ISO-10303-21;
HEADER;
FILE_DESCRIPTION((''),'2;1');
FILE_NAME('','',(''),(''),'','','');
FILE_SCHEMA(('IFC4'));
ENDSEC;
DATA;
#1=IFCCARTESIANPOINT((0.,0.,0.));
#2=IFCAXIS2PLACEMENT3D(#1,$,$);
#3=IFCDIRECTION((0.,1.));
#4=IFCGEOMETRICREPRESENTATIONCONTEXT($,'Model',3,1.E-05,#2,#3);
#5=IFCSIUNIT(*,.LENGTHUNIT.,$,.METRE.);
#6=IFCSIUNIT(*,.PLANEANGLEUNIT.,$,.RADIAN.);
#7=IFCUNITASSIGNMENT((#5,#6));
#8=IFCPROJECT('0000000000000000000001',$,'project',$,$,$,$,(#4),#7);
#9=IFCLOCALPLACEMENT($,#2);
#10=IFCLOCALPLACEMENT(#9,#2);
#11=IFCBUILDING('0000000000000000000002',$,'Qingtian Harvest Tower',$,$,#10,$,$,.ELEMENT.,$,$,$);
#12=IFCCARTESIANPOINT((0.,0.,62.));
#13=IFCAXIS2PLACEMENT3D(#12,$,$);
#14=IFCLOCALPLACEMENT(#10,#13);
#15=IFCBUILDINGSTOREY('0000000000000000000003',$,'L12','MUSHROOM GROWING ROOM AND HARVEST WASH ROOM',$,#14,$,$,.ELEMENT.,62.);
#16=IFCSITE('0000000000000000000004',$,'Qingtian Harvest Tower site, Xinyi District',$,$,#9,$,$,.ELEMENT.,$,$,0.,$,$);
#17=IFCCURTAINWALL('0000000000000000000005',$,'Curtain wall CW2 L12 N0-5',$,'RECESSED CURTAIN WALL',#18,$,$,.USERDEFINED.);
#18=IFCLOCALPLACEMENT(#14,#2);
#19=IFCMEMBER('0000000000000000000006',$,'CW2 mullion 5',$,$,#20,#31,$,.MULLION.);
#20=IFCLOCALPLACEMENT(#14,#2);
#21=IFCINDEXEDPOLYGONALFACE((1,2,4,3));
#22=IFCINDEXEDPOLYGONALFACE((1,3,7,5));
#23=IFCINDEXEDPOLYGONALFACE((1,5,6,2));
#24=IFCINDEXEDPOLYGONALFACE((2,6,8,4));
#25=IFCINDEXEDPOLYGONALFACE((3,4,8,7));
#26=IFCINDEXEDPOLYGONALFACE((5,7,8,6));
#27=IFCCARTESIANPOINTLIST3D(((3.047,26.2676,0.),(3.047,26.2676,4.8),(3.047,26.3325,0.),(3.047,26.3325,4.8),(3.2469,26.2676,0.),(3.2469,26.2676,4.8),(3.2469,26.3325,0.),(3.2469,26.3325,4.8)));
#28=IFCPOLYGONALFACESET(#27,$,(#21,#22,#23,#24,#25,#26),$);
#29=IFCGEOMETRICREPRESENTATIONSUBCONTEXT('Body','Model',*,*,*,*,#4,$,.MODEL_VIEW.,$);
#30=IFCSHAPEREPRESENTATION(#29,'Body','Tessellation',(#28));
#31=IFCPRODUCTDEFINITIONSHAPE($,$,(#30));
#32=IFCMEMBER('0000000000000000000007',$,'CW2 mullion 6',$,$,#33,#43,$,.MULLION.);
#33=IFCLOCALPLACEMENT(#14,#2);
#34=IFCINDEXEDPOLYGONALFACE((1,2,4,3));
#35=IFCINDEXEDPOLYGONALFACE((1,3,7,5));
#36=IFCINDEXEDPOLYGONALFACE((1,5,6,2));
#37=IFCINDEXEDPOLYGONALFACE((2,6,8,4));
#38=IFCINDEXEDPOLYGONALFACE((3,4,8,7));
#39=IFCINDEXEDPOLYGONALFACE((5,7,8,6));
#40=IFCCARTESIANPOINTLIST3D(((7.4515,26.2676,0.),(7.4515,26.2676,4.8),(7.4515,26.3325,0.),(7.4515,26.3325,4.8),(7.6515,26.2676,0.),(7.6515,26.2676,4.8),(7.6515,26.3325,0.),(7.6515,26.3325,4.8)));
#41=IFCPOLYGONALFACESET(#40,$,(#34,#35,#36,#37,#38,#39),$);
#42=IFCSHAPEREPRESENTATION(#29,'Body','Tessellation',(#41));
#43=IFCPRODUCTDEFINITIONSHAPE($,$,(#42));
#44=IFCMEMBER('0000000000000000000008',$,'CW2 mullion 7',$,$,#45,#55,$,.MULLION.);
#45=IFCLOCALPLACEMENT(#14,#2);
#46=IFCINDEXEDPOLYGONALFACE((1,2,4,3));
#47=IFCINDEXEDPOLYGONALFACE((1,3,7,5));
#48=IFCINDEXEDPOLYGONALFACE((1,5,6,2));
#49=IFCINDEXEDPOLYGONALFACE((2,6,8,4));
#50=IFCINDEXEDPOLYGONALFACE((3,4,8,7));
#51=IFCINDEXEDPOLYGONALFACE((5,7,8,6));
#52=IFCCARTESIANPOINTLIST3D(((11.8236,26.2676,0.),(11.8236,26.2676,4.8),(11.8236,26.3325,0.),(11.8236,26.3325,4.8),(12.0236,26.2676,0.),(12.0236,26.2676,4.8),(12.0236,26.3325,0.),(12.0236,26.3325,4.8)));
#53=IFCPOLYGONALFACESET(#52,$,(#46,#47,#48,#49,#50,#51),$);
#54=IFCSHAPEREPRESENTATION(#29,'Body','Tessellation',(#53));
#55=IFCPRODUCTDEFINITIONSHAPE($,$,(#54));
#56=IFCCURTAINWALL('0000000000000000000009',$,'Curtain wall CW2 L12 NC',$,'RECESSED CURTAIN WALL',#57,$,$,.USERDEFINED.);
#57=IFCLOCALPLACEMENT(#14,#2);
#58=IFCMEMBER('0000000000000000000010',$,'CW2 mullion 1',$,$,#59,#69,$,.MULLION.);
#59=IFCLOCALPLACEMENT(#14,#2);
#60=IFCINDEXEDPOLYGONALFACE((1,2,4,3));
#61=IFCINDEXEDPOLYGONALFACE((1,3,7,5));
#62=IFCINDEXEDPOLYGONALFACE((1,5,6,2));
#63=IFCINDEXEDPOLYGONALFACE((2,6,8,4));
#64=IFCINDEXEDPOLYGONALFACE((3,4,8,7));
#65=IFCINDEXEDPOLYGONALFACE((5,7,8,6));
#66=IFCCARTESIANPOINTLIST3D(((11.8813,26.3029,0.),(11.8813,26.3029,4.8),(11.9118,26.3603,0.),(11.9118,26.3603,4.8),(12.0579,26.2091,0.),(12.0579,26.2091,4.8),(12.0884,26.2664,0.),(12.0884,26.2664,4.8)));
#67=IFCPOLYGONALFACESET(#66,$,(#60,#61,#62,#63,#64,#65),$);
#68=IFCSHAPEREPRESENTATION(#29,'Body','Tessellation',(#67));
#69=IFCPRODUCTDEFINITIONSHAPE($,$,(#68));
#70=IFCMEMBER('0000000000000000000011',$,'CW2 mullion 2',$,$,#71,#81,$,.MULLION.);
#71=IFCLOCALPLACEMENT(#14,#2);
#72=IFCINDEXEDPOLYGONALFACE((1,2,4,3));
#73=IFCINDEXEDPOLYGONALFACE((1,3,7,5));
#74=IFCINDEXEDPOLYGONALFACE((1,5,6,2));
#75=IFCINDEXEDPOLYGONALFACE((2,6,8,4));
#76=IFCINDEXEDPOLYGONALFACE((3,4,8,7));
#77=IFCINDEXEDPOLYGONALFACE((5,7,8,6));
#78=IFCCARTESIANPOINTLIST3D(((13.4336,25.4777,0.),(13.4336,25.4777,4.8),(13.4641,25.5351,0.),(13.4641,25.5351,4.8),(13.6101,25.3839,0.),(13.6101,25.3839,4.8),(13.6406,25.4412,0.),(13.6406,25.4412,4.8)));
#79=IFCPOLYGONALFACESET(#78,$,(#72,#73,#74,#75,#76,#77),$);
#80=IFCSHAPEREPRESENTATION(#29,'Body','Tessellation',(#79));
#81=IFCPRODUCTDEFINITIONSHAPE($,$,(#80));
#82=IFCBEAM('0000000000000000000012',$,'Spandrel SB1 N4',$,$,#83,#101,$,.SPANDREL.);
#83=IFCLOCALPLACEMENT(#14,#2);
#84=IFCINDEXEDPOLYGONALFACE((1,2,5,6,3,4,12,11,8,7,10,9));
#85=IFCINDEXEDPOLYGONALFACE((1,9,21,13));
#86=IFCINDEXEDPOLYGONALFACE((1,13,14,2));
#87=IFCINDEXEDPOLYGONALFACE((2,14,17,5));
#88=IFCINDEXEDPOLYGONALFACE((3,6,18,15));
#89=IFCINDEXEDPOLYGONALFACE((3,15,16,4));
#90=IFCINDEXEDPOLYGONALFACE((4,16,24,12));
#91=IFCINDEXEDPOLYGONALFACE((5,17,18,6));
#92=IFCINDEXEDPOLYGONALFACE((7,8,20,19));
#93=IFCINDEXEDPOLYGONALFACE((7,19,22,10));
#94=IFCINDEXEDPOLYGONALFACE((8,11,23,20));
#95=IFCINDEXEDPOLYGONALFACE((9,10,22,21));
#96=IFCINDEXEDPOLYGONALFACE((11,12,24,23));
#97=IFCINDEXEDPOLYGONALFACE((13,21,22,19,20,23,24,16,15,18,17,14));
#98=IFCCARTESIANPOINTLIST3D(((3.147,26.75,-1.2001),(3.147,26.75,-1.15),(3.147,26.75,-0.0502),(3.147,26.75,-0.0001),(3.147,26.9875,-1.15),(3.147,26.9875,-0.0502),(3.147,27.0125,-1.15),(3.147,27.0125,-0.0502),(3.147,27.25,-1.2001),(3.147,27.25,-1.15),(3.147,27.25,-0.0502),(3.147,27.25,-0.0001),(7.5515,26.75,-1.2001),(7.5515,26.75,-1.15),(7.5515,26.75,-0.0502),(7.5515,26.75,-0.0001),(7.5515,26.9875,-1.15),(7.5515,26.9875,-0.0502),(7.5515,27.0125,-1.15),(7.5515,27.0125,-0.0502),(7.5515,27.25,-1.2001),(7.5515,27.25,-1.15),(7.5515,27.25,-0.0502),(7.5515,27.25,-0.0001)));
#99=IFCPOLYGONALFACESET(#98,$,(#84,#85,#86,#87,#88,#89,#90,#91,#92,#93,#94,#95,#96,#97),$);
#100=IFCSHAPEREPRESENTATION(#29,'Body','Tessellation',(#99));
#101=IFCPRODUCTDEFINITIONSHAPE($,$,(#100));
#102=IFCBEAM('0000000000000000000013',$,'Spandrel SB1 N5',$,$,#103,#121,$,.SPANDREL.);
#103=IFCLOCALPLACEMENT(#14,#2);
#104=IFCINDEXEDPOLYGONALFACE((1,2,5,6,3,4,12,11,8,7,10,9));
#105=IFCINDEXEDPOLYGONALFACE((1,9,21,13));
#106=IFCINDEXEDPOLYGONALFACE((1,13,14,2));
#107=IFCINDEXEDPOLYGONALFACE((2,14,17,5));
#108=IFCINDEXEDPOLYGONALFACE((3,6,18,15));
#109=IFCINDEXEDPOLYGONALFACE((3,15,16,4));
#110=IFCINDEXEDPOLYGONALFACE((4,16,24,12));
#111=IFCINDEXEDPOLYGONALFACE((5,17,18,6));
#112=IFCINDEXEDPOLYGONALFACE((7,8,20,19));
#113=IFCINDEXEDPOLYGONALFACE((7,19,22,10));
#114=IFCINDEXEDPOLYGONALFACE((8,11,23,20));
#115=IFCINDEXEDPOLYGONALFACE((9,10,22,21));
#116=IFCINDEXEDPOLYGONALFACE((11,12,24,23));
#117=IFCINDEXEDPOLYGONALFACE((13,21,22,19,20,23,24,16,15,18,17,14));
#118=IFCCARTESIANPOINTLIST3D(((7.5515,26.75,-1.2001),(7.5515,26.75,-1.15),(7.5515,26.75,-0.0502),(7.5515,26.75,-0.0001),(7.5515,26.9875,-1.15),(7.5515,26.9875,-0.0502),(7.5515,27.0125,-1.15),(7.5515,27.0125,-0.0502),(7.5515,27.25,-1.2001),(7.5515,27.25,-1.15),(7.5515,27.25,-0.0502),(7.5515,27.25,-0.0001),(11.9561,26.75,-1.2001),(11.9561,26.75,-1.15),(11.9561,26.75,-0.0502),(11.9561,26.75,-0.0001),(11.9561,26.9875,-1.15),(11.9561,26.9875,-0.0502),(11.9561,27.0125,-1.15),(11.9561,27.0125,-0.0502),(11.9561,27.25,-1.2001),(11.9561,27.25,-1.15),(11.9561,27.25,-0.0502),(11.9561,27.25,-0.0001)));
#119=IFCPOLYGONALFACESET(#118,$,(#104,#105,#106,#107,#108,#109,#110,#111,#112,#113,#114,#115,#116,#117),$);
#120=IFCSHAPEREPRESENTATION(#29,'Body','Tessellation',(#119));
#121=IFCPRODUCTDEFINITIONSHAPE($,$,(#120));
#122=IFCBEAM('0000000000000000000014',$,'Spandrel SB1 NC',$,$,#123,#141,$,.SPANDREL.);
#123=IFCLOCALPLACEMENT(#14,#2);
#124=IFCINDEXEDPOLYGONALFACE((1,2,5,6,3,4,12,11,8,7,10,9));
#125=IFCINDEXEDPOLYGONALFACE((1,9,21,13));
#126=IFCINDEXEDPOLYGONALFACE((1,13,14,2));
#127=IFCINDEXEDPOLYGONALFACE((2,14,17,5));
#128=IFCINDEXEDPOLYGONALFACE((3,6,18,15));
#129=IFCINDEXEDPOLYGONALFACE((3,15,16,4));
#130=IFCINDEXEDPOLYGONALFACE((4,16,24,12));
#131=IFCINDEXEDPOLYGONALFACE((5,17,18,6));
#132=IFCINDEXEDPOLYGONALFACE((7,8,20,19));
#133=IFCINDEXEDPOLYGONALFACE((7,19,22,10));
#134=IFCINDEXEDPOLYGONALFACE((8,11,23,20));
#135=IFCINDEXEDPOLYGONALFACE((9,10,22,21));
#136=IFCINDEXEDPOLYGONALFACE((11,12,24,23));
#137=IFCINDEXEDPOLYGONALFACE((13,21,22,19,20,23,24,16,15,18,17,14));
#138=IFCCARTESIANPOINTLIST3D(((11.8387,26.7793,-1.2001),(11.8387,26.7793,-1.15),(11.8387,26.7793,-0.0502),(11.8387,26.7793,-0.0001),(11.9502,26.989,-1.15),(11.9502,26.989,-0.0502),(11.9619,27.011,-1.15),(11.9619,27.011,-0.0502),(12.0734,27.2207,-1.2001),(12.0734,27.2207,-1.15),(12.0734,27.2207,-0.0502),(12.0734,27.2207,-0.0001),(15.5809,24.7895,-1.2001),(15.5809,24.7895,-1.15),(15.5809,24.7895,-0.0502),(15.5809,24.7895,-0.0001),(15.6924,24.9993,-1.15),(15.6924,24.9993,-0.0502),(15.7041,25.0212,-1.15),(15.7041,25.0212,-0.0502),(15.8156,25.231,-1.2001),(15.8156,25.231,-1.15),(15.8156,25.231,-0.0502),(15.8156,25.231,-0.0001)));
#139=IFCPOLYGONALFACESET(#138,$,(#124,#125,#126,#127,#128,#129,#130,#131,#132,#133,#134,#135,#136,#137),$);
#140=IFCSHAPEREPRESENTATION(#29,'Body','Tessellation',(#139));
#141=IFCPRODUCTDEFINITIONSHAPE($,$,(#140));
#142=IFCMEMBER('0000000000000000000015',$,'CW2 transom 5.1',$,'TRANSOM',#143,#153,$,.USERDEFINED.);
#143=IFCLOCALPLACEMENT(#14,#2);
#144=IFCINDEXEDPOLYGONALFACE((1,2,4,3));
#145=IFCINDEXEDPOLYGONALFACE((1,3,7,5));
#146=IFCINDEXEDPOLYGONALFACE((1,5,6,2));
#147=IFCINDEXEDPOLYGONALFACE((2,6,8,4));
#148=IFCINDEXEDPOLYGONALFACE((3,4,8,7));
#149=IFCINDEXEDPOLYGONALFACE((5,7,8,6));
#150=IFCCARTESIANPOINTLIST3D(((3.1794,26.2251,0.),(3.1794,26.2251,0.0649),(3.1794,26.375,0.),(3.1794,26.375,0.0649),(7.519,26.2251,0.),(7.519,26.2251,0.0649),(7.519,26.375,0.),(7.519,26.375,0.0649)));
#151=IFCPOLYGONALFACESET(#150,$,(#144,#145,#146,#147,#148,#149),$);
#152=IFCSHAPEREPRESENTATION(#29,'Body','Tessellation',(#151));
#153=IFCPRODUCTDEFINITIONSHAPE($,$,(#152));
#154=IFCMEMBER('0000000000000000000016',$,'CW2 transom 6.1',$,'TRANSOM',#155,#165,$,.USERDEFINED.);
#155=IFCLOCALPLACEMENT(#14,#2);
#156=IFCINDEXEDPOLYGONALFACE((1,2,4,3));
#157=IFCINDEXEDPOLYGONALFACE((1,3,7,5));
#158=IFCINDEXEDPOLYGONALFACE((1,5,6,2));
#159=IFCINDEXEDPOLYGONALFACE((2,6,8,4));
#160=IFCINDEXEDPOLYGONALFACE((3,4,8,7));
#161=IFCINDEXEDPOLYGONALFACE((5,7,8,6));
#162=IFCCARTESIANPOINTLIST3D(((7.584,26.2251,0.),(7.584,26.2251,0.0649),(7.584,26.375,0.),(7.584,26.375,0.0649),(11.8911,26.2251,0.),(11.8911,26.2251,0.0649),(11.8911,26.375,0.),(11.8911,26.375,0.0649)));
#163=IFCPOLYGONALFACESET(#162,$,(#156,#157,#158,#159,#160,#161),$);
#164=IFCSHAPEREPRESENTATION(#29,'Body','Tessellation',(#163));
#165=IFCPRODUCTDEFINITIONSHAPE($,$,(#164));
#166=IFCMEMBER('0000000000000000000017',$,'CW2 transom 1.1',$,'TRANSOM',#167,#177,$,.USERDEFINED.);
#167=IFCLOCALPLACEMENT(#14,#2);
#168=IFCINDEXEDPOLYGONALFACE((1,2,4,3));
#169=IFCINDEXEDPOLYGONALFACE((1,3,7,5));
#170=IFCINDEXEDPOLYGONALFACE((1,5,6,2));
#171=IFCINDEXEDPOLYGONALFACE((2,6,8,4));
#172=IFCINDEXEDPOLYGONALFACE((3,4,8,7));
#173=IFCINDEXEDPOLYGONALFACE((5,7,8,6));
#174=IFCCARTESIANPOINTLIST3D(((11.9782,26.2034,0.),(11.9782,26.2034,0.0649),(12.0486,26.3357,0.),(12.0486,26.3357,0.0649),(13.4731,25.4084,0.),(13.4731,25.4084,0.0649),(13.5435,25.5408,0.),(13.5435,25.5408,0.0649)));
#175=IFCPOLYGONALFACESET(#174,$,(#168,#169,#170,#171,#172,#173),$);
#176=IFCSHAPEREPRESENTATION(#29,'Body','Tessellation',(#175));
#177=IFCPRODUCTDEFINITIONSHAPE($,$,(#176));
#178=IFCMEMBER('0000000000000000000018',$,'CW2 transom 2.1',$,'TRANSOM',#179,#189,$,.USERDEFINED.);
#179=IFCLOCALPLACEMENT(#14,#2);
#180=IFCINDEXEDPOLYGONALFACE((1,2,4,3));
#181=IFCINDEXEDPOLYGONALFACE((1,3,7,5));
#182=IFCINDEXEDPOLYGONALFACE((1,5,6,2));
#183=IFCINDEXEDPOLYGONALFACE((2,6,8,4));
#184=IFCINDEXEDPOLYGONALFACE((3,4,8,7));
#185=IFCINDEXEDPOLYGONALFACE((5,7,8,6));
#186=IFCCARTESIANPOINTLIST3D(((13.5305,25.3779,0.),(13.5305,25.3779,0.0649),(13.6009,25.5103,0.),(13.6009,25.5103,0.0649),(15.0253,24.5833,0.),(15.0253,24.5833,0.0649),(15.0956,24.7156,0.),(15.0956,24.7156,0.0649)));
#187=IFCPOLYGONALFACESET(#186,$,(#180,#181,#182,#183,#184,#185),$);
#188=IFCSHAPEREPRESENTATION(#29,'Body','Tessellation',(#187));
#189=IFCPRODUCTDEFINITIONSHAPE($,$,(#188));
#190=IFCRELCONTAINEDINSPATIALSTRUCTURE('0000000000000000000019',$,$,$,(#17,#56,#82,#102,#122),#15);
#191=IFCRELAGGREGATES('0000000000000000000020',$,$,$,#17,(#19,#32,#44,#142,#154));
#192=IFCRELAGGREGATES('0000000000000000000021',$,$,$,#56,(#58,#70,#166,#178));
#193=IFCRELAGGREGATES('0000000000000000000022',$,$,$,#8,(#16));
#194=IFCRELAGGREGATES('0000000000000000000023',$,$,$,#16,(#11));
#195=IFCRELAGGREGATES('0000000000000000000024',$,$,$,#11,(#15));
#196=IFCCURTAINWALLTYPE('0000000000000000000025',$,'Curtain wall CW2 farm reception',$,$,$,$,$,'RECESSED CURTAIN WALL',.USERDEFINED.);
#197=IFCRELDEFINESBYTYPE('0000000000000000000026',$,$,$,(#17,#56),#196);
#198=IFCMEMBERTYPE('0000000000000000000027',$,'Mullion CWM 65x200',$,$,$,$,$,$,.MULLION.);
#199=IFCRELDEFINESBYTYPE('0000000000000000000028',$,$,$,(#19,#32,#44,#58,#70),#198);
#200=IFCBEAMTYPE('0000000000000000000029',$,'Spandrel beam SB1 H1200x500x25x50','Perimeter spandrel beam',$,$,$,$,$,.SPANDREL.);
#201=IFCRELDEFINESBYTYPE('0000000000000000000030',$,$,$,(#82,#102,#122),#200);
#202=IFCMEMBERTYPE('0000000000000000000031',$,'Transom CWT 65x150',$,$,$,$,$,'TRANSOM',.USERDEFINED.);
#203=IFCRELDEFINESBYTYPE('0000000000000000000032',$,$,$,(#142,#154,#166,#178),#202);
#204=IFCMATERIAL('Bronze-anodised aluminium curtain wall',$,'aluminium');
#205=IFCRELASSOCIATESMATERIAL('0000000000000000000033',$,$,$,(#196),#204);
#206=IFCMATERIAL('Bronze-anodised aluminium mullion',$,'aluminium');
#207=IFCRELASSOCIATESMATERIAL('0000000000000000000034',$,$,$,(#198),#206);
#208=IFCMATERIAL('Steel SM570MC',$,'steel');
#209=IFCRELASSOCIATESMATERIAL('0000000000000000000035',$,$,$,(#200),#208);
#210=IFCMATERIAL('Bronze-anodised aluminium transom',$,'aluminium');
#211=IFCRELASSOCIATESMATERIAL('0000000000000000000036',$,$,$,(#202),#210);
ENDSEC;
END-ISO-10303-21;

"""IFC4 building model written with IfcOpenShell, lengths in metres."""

from ifc_helpers import new_model, si_unit, direction, frame, origin, origin_2d, place, context, subcontext, project, spatial, rectangle, i_section, extrude, material, material_profile, profile_set, type_object, element, aggregate, save


model = new_model("IFC4")

# Units and contexts
model_context = context("Model", 3, precision=1e-05, world=origin(), true_north=direction((0.0, 1.0)))
body_context = subcontext(model_context, "Body", "Model", "MODEL_VIEW")
ifc_project = project(units=[si_unit("LENGTHUNIT", "METRE"), si_unit("PLANEANGLEUNIT", "RADIAN")], contexts=[model_context])

# Site, building, storey
site_placement = place(None, origin())
site = spatial("IfcSite", under=ifc_project, at=site_placement, Name="Qingtian Harvest Tower site, Xinyi District", CompositionType="ELEMENT", RefElevation=0.0)
building_placement = place(site_placement, origin())
building = spatial("IfcBuilding", under=site, at=building_placement, Name="Qingtian Harvest Tower", CompositionType="ELEMENT")
storey_placement = place(building_placement, frame((0.0, 0.0, 62.0)))
storey = spatial("IfcBuildingStorey", under=building, at=storey_placement, Name="L12", Description="MUSHROOM GROWING ROOM AND HARVEST WASH ROOM", CompositionType="ELEMENT", Elevation=62.0)

# Curtain walls, members
ifc_material_1 = material(Name="Bronze-anodised aluminium curtain wall", Category="aluminium")
curtain_wall_type = type_object("IfcCurtainWallType", Name="Curtain wall CW2 farm reception", ElementType="RECESSED CURTAIN WALL", PredefinedType="USERDEFINED", material=ifc_material_1)
curtain_wall_1_placement = place(storey_placement, origin())
curtain_wall_1 = element("IfcCurtainWall", 1, at=curtain_wall_1_placement, inside=storey, type_object=curtain_wall_type, Name="Curtain wall CW2 L12 N0-5", ObjectType="RECESSED CURTAIN WALL", PredefinedType="USERDEFINED")
ifc_material_2 = material(Name="Bronze-anodised aluminium mullion", Category="aluminium")
ifc_material_profile_1 = material_profile(ifc_material_2, rectangle(XDim=0.0649, YDim=0.2, at=origin_2d()), Name="AL 65x200")
ifc_profile_set_1 = profile_set([ifc_material_profile_1], Name="Bronze-anodised aluminium mullion")
member_type_1 = type_object("IfcMemberType", Name="Mullion CWM 65x200", PredefinedType="MULLION", material=ifc_profile_set_1)
member_1_placement = place(storey_placement, frame((3.147, 26.3, 0.0), z_axis=(0.0, 0.0, 1.0), x_axis=(0.0, 1.0, 0.0)))
member_1 = element("IfcMember", 2, at=member_1_placement, type_object=member_type_1, Name="CW2 mullion 5", PredefinedType="MULLION", context=body_context, shape_type="SweptSolid", body=[
    extrude(rectangle(XDim=0.0649, YDim=0.2, at=origin_2d()), origin(), (0.0, 0.0, 1.0), 4.8),
])
member_2_placement = place(storey_placement, frame((7.5515, 26.3, 0.0), z_axis=(0.0, 0.0, 1.0), x_axis=(0.0, 1.0, 0.0)))
member_2 = element("IfcMember", 3, at=member_2_placement, type_object=member_type_1, Name="CW2 mullion 6", PredefinedType="MULLION", context=body_context, shape_type="SweptSolid", body=[
    extrude(rectangle(XDim=0.0649, YDim=0.2, at=origin_2d()), origin(), (0.0, 0.0, 1.0), 4.8),
])
member_3_placement = place(storey_placement, frame((11.9236, 26.3, 0.0), z_axis=(0.0, 0.0, 1.0), x_axis=(0.0, 1.0, 0.0)))
member_3 = element("IfcMember", 4, at=member_3_placement, type_object=member_type_1, Name="CW2 mullion 7", PredefinedType="MULLION", context=body_context, shape_type="SweptSolid", body=[
    extrude(rectangle(XDim=0.0649, YDim=0.2, at=origin_2d()), origin(), (0.0, 0.0, 1.0), 4.8),
])
curtain_wall_2_placement = place(storey_placement, origin())
curtain_wall_2 = element("IfcCurtainWall", 5, at=curtain_wall_2_placement, inside=storey, type_object=curtain_wall_type, Name="Curtain wall CW2 L12 NC", ObjectType="RECESSED CURTAIN WALL", PredefinedType="USERDEFINED")
member_4_placement = place(storey_placement, frame((11.9849, 26.2847, 0.0), z_axis=(0.0, 0.0, 1.0), x_axis=(0.469472, 0.882948, 0.0)))
member_4 = element("IfcMember", 6, at=member_4_placement, type_object=member_type_1, Name="CW2 mullion 1", PredefinedType="MULLION", context=body_context, shape_type="SweptSolid", body=[
    extrude(rectangle(XDim=0.0649, YDim=0.2, at=origin_2d()), origin(), (0.0, 0.0, 1.0), 4.8),
])
member_5_placement = place(storey_placement, frame((13.5371, 25.4595, 0.0), z_axis=(0.0, 0.0, 1.0), x_axis=(0.469472, 0.882948, 0.0)))
member_5 = element("IfcMember", 7, at=member_5_placement, type_object=member_type_1, Name="CW2 mullion 2", PredefinedType="MULLION", context=body_context, shape_type="SweptSolid", body=[
    extrude(rectangle(XDim=0.0649, YDim=0.2, at=origin_2d()), origin(), (0.0, 0.0, 1.0), 4.8),
])

# Beams
ifc_material_3 = material(Name="Steel SM570MC", Category="steel")
ifc_material_profile_2 = material_profile(ifc_material_3, i_section(OverallWidth=0.5, OverallDepth=1.2, WebThickness=0.0249, FlangeThickness=0.05, at=origin_2d()), Name="H1200x500x25x50")
ifc_profile_set_2 = profile_set([ifc_material_profile_2], Name="Steel SM570MC")
beam_type_1 = type_object("IfcBeamType", Name="Spandrel beam SB1 H1200x500x25x50", Description="Perimeter spandrel beam", PredefinedType="SPANDREL", material=ifc_profile_set_2)
for number, where, z_axis, x_axis, name in (
    (8, (3.147, 27.0, -0.6001), (1.0, 0.0, 0.0), (0.0, 1.0, 0.0), "Spandrel SB1 N4"),
    (9, (7.5515, 27.0, -0.6001), (1.0, 0.0, 0.0), (0.0, 1.0, 0.0), "Spandrel SB1 N5"),
):
    element("IfcBeam", number, at=place(storey_placement, frame(where, z_axis=z_axis, x_axis=x_axis)), inside=storey, type_object=beam_type_1, Name=name, PredefinedType="SPANDREL", context=body_context, shape_type="SweptSolid", body=[
        extrude(i_section(OverallWidth=0.5, OverallDepth=1.2, WebThickness=0.0249, FlangeThickness=0.05, at=origin_2d()), origin(), (0.0, 0.0, 1.0), 4.4045),
    ])
beam_1_placement = place(storey_placement, frame((11.9561, 27.0, -0.6001), z_axis=(0.882949, -0.46947, 0.0), x_axis=(0.46947, 0.882949, 0.0)))
element("IfcBeam", 10, at=beam_1_placement, inside=storey, type_object=beam_type_1, Name="Spandrel SB1 NC", PredefinedType="SPANDREL", context=body_context, shape_type="SweptSolid", body=[
    extrude(i_section(OverallWidth=0.5, OverallDepth=1.2, WebThickness=0.0249, FlangeThickness=0.05, at=origin_2d()), origin(), (0.0, 0.0, 1.0), 4.2383),
])

# Members
ifc_material_4 = material(Name="Bronze-anodised aluminium transom", Category="aluminium")
ifc_material_profile_3 = material_profile(ifc_material_4, rectangle(XDim=0.1499, YDim=0.0649, at=origin_2d()), Name="AL 65x150")
ifc_profile_set_3 = profile_set([ifc_material_profile_3], Name="Bronze-anodised aluminium transom")
member_type_2 = type_object("IfcMemberType", Name="Transom CWT 65x150", ElementType="TRANSOM", PredefinedType="USERDEFINED", material=ifc_profile_set_3)
member_6_placement = place(storey_placement, frame((3.1794, 26.3, 0.0325), z_axis=(1.0, 0.0, 0.0), x_axis=(0.0, 1.0, 0.0)))
member_6 = element("IfcMember", 11, at=member_6_placement, type_object=member_type_2, Name="CW2 transom 5.1", ObjectType="TRANSOM", PredefinedType="USERDEFINED", context=body_context, shape_type="SweptSolid", body=[
    extrude(rectangle(XDim=0.1499, YDim=0.0649, at=origin_2d()), origin(), (0.0, 0.0, 1.0), 4.3396),
])
member_7_placement = place(storey_placement, frame((7.584, 26.3, 0.0325), z_axis=(1.0, 0.0, 0.0), x_axis=(0.0, 1.0, 0.0)))
member_7 = element("IfcMember", 12, at=member_7_placement, type_object=member_type_2, Name="CW2 transom 6.1", ObjectType="TRANSOM", PredefinedType="USERDEFINED", context=body_context, shape_type="SweptSolid", body=[
    extrude(rectangle(XDim=0.1499, YDim=0.0649, at=origin_2d()), origin(), (0.0, 0.0, 1.0), 4.3071),
])
member_8_placement = place(storey_placement, frame((12.0134, 26.2695, 0.0325), z_axis=(0.882927, -0.46951, 0.0), x_axis=(0.46951, 0.882927, 0.0)))
member_8 = element("IfcMember", 13, at=member_8_placement, type_object=member_type_2, Name="CW2 transom 1.1", ObjectType="TRANSOM", PredefinedType="USERDEFINED", context=body_context, shape_type="SweptSolid", body=[
    extrude(rectangle(XDim=0.1499, YDim=0.0649, at=origin_2d()), origin(), (0.0, 0.0, 1.0), 1.6931),
])
member_9_placement = place(storey_placement, frame((13.5657, 25.4441, 0.0325), z_axis=(0.882987, -0.469398, 0.0), x_axis=(0.469398, 0.882987, 0.0)))
member_9 = element("IfcMember", 14, at=member_9_placement, type_object=member_type_2, Name="CW2 transom 2.1", ObjectType="TRANSOM", PredefinedType="USERDEFINED", context=body_context, shape_type="SweptSolid", body=[
    extrude(rectangle(XDim=0.1499, YDim=0.0649, at=origin_2d()), origin(), (0.0, 0.0, 1.0), 1.6929),
])

aggregate(curtain_wall_1, [member_1, member_2, member_3, member_6, member_7])
aggregate(curtain_wall_2, [member_4, member_5, member_8, member_9])

save(model, "model.ifc")
